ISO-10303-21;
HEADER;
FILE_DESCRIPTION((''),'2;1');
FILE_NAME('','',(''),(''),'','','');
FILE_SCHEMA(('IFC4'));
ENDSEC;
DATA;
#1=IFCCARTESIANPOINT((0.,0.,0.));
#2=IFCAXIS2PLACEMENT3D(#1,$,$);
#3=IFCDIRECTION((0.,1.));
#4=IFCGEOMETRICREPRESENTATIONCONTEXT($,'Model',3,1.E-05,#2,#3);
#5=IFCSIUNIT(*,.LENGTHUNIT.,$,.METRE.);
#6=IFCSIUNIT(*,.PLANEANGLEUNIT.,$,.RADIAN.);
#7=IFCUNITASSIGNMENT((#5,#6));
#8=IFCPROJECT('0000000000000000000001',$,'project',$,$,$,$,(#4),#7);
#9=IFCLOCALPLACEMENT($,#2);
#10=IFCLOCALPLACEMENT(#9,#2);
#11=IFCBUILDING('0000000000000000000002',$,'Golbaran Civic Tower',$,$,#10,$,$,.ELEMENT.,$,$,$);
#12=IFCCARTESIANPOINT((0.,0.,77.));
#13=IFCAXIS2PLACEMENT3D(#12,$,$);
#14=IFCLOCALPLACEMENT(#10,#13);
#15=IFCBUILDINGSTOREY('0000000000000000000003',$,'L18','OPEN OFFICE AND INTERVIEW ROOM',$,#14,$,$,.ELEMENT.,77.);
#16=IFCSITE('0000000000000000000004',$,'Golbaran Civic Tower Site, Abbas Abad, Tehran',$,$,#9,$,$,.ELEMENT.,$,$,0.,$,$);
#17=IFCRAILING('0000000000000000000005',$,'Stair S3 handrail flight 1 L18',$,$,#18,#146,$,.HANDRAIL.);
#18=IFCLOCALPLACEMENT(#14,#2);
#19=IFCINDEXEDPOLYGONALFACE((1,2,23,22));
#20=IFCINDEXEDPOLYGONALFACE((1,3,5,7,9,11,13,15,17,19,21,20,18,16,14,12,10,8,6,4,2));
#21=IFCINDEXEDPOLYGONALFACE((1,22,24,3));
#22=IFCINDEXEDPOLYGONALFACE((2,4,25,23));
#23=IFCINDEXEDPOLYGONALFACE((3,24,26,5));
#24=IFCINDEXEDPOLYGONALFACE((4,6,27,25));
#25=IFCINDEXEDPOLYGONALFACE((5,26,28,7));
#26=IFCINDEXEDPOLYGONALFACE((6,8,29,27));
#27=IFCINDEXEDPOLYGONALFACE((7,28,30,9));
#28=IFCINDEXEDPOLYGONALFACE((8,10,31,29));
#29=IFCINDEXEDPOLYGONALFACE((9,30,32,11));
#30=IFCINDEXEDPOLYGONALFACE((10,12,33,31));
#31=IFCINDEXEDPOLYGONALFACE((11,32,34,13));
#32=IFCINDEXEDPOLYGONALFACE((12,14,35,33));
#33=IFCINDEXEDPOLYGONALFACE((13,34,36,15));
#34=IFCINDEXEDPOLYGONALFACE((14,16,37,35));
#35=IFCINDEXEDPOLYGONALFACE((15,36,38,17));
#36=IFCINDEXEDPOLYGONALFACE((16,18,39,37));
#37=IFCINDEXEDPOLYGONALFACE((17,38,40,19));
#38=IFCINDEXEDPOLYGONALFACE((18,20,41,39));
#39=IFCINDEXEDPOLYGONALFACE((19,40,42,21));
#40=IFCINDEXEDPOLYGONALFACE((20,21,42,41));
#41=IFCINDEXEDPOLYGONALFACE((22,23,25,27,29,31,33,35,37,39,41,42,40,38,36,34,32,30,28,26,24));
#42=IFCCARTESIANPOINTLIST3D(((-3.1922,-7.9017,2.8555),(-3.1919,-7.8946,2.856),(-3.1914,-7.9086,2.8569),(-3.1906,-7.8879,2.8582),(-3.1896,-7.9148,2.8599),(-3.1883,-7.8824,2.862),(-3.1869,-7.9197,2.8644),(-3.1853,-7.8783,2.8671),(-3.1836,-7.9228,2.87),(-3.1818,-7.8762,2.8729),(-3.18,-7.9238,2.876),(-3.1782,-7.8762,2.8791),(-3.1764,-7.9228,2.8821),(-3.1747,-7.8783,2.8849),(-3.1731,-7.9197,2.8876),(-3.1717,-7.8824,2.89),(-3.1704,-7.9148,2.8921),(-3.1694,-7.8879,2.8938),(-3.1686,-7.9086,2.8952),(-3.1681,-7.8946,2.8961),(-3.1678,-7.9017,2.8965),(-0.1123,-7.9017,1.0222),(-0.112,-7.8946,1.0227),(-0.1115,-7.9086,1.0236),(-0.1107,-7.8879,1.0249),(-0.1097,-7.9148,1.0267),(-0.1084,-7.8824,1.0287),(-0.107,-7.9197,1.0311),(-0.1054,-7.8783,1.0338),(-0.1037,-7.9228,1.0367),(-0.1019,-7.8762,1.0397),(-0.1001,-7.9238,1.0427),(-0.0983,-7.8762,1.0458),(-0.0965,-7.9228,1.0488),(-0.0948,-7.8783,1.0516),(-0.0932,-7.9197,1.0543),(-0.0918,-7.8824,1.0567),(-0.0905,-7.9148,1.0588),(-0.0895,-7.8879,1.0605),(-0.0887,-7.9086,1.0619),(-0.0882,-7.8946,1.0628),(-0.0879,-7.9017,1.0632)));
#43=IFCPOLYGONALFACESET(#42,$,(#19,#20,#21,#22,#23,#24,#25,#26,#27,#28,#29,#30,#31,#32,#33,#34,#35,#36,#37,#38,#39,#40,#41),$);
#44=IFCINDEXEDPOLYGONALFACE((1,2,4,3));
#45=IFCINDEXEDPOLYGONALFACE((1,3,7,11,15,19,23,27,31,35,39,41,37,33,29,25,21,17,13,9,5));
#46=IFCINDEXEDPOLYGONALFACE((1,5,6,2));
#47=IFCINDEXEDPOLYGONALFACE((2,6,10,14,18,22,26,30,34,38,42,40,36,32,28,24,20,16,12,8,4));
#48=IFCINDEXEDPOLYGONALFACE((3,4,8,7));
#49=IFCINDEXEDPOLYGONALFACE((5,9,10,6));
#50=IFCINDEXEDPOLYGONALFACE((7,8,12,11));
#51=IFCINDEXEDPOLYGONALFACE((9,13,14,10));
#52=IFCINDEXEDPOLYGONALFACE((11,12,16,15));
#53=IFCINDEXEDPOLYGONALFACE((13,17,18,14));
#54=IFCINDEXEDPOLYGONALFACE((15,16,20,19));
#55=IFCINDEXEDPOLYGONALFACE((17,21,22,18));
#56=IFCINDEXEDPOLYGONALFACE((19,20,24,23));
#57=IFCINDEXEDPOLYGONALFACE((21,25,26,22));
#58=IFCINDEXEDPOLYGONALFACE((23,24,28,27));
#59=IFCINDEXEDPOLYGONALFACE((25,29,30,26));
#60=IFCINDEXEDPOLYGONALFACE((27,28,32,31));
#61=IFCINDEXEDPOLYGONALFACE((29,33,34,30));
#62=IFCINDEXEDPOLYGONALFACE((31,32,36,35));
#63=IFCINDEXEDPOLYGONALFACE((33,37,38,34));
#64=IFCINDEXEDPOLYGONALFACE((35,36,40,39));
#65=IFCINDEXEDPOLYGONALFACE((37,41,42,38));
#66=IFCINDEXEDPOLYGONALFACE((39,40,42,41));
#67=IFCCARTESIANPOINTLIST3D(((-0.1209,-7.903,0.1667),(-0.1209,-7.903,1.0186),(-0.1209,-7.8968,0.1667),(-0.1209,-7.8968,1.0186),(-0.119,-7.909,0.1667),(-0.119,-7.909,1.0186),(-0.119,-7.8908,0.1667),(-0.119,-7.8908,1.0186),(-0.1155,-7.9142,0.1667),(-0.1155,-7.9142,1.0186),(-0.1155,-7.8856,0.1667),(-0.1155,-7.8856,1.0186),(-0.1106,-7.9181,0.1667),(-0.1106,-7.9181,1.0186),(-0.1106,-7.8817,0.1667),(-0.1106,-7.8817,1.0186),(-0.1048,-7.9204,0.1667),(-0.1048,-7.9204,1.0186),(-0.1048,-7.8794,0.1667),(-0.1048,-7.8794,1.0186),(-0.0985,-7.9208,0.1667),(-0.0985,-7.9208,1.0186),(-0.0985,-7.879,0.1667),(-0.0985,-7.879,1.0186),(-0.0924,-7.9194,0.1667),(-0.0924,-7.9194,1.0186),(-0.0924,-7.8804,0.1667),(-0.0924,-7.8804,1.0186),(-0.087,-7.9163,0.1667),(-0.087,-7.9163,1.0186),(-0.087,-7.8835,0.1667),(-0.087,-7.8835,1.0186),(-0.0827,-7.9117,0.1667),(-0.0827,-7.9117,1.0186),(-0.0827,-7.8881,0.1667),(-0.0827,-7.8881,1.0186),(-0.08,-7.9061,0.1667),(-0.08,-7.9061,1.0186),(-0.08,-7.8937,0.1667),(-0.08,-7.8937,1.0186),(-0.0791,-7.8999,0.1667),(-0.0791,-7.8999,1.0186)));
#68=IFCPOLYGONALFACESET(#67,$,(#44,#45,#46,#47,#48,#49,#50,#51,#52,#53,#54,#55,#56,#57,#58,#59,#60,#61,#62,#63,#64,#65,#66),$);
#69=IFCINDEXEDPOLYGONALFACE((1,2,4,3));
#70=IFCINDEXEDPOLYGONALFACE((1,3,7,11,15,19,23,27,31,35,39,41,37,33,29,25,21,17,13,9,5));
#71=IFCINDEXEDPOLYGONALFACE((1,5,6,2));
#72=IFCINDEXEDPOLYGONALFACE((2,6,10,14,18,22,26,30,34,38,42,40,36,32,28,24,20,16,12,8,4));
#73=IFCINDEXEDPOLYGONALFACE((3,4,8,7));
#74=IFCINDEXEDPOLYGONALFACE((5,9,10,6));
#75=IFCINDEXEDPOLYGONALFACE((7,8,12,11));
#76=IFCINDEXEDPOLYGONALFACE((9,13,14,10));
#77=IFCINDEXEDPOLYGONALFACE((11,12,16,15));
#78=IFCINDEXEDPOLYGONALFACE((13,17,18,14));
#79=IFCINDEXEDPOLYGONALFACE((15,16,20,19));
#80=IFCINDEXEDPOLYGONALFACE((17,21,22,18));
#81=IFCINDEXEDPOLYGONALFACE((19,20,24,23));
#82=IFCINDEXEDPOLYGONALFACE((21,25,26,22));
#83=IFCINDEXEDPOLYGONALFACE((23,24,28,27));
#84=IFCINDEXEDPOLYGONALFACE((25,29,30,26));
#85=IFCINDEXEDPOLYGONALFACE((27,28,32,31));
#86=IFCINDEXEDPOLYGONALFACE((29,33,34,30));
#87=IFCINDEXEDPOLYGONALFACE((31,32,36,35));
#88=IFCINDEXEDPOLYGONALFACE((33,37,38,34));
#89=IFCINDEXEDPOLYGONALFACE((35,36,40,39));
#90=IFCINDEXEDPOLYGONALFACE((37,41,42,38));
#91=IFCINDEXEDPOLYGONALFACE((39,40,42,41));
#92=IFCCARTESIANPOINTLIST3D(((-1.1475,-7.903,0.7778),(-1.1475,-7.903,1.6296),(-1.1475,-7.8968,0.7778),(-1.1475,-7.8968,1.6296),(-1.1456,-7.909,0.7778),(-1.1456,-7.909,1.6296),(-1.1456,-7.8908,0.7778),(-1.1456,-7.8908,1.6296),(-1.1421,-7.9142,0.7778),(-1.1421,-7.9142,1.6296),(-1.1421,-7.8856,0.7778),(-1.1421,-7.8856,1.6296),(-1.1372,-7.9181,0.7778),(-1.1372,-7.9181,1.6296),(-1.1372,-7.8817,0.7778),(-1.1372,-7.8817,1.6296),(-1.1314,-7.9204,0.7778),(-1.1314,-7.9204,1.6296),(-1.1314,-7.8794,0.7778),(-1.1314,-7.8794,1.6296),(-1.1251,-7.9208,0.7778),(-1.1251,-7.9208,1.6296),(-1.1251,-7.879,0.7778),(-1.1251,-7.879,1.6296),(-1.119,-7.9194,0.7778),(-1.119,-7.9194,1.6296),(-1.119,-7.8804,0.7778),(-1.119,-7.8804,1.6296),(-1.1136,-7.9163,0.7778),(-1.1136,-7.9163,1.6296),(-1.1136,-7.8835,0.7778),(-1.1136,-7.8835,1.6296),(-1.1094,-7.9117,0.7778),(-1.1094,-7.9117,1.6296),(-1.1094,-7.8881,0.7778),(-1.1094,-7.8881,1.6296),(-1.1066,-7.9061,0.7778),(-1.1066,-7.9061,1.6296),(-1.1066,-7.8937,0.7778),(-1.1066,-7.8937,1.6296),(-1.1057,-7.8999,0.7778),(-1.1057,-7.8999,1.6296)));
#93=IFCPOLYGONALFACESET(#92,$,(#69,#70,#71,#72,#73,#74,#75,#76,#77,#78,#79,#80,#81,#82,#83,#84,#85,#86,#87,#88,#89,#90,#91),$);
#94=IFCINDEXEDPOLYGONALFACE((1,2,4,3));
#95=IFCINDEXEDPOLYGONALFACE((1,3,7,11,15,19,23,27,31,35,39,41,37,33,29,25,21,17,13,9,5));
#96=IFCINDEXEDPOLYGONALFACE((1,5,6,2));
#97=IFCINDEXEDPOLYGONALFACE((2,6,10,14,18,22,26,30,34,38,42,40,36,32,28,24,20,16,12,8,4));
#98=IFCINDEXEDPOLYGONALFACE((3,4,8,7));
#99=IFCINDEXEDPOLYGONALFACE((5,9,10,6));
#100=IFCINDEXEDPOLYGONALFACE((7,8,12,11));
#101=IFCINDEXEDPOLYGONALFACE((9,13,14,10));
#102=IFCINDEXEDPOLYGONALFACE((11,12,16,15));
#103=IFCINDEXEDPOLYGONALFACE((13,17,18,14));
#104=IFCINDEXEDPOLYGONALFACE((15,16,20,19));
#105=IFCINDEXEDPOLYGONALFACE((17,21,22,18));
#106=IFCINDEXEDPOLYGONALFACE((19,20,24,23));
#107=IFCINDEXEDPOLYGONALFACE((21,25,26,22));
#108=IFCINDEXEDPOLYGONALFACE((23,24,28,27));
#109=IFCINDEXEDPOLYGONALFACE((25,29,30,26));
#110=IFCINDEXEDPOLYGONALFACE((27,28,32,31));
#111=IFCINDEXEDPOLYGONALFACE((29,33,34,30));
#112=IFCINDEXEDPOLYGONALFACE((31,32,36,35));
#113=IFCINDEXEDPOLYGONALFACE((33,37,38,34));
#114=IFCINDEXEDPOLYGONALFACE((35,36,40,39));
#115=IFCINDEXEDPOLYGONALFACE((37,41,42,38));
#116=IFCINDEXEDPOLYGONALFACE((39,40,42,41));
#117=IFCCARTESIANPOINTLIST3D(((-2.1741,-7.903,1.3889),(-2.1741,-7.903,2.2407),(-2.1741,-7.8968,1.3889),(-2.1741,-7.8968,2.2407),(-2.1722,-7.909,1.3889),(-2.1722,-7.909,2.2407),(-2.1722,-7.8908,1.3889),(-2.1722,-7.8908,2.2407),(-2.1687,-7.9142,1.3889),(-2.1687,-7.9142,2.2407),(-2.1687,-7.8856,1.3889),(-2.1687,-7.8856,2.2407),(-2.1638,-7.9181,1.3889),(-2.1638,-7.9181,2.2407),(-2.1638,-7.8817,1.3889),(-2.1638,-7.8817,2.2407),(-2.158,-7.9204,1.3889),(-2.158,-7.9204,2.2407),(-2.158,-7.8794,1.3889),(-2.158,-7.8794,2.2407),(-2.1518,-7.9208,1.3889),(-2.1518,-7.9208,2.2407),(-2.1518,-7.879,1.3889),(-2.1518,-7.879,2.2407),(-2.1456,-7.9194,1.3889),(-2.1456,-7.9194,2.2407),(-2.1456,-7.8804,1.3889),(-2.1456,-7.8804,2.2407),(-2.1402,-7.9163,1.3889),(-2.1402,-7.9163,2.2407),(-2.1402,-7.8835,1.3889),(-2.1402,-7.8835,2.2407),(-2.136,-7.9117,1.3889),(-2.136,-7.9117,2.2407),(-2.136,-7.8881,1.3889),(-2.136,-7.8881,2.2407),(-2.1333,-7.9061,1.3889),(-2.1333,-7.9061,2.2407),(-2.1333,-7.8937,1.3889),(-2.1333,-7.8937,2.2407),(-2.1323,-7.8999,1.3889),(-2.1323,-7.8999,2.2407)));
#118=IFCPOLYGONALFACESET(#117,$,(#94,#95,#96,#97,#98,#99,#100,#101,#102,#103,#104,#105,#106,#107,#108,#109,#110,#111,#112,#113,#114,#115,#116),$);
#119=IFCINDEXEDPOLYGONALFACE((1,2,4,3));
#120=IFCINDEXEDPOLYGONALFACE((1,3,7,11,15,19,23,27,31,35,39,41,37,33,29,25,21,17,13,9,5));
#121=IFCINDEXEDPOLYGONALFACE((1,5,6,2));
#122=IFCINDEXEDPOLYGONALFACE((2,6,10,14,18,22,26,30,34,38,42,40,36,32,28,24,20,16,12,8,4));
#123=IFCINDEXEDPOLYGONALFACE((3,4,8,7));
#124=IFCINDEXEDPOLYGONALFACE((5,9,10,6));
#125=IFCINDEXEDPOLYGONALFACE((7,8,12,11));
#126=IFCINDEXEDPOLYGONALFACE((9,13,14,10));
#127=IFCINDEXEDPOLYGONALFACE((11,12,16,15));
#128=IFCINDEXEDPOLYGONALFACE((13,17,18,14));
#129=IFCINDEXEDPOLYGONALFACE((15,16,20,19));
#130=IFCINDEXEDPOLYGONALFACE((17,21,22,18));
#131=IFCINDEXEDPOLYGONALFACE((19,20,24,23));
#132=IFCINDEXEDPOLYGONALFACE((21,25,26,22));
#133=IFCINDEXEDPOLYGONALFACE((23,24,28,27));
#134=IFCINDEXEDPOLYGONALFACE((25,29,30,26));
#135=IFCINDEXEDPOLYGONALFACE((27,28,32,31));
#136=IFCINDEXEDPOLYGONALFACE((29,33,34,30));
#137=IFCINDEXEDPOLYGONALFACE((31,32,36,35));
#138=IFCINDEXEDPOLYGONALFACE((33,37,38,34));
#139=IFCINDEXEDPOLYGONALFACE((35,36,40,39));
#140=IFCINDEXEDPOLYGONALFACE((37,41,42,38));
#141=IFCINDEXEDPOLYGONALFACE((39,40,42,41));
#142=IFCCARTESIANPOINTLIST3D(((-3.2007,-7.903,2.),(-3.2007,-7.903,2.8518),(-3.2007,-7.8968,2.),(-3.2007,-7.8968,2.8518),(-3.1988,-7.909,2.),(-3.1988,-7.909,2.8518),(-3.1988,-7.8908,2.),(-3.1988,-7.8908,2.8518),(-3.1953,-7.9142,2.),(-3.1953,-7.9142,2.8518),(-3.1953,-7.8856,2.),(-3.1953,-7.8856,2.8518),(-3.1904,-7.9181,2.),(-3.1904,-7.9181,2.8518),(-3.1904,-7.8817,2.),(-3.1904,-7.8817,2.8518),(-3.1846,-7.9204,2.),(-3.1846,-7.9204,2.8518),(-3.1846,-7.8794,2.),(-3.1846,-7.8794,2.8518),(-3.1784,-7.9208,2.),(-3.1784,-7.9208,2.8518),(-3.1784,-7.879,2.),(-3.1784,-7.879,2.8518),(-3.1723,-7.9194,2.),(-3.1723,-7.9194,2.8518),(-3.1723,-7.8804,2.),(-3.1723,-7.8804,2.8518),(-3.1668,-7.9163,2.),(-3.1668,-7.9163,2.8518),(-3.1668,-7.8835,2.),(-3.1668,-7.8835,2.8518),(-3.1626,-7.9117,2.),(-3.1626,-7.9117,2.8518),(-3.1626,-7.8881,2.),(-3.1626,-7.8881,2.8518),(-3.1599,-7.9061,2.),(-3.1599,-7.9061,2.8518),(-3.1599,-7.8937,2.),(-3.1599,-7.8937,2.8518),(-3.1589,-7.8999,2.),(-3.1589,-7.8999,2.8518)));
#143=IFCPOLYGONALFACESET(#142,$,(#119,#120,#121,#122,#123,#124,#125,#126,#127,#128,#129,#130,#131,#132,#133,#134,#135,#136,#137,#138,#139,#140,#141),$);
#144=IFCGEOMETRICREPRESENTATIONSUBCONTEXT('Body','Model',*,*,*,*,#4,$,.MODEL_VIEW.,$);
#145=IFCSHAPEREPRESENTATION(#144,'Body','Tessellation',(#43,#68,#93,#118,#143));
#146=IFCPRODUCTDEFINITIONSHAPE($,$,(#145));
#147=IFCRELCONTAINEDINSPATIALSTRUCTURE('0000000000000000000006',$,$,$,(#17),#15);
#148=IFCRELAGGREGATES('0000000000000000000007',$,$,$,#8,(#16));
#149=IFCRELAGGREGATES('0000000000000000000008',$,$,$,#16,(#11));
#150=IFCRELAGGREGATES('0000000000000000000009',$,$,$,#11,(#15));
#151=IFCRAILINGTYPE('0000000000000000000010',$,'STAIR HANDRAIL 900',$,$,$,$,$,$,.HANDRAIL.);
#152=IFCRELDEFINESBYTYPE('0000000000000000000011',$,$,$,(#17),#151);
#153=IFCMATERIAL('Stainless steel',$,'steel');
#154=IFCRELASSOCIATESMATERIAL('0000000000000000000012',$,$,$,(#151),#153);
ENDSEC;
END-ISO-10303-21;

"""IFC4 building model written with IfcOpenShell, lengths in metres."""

from ifc_helpers import new_model, si_unit, direction, frame, origin, origin_2d, place, context, subcontext, project, spatial, circle, extrude, material, type_object, element, save


model = new_model("IFC4")

# Units and contexts
model_context = context("Model", 3, precision=1e-05, world=origin(), true_north=direction((0.0, 1.0)))
body_context = subcontext(model_context, "Body", "Model", "MODEL_VIEW")
ifc_project = project(units=[si_unit("LENGTHUNIT", "METRE"), si_unit("PLANEANGLEUNIT", "RADIAN")], contexts=[model_context])

# Site, building, storey
site_placement = place(None, origin())
site = spatial("IfcSite", under=ifc_project, at=site_placement, Name="Golbaran Civic Tower Site, Abbas Abad, Tehran", CompositionType="ELEMENT", RefElevation=0.0)
building_placement = place(site_placement, origin())
building = spatial("IfcBuilding", under=site, at=building_placement, Name="Golbaran Civic Tower", CompositionType="ELEMENT")
storey_placement = place(building_placement, frame((0.0, 0.0, 77.0)))
storey = spatial("IfcBuildingStorey", under=building, at=storey_placement, Name="L18", Description="OPEN OFFICE AND INTERVIEW ROOM", CompositionType="ELEMENT", Elevation=77.0)

# Shared definitions
ifc_material_1 = material(Name="Stainless steel", Category="steel")

# Railing
railing_type = type_object("IfcRailingType", Name="STAIR HANDRAIL 900", PredefinedType="HANDRAIL", material=ifc_material_1)
railing_placement = place(storey_placement, frame((-0.1001, -7.8999, 0.1667)))
element("IfcRailing", 1, at=railing_placement, inside=storey, type_object=railing_type, Name="Stair S3 handrail flight 1 L18", PredefinedType="HANDRAIL", context=body_context, shape_type="SweptSolid", body=[
    extrude(circle(Radius=0.0239, at=origin_2d()), frame((0.0, 0.0, 0.876), z_axis=(-0.859291, 0.0, 0.511487), x_axis=(0.0, -1.0, 0.0)), (0.0, 0.0, 1.0), 3.5842),
    extrude(circle(Radius=0.021, at=origin_2d()), origin(), (0.0, 0.0, 1.0), 0.8518),
    extrude(circle(Radius=0.021, at=origin_2d()), frame((-1.0266, 0.0, 0.6111)), (0.0, 0.0, 1.0), 0.8518),
    extrude(circle(Radius=0.021, at=origin_2d()), frame((-2.0532, 0.0, 1.2222)), (0.0, 0.0, 1.0), 0.8518),
    extrude(circle(Radius=0.021, at=origin_2d()), frame((-3.0798, 0.0, 1.8333)), (0.0, 0.0, 1.0), 0.8518),
])

save(model, "model.ifc")
